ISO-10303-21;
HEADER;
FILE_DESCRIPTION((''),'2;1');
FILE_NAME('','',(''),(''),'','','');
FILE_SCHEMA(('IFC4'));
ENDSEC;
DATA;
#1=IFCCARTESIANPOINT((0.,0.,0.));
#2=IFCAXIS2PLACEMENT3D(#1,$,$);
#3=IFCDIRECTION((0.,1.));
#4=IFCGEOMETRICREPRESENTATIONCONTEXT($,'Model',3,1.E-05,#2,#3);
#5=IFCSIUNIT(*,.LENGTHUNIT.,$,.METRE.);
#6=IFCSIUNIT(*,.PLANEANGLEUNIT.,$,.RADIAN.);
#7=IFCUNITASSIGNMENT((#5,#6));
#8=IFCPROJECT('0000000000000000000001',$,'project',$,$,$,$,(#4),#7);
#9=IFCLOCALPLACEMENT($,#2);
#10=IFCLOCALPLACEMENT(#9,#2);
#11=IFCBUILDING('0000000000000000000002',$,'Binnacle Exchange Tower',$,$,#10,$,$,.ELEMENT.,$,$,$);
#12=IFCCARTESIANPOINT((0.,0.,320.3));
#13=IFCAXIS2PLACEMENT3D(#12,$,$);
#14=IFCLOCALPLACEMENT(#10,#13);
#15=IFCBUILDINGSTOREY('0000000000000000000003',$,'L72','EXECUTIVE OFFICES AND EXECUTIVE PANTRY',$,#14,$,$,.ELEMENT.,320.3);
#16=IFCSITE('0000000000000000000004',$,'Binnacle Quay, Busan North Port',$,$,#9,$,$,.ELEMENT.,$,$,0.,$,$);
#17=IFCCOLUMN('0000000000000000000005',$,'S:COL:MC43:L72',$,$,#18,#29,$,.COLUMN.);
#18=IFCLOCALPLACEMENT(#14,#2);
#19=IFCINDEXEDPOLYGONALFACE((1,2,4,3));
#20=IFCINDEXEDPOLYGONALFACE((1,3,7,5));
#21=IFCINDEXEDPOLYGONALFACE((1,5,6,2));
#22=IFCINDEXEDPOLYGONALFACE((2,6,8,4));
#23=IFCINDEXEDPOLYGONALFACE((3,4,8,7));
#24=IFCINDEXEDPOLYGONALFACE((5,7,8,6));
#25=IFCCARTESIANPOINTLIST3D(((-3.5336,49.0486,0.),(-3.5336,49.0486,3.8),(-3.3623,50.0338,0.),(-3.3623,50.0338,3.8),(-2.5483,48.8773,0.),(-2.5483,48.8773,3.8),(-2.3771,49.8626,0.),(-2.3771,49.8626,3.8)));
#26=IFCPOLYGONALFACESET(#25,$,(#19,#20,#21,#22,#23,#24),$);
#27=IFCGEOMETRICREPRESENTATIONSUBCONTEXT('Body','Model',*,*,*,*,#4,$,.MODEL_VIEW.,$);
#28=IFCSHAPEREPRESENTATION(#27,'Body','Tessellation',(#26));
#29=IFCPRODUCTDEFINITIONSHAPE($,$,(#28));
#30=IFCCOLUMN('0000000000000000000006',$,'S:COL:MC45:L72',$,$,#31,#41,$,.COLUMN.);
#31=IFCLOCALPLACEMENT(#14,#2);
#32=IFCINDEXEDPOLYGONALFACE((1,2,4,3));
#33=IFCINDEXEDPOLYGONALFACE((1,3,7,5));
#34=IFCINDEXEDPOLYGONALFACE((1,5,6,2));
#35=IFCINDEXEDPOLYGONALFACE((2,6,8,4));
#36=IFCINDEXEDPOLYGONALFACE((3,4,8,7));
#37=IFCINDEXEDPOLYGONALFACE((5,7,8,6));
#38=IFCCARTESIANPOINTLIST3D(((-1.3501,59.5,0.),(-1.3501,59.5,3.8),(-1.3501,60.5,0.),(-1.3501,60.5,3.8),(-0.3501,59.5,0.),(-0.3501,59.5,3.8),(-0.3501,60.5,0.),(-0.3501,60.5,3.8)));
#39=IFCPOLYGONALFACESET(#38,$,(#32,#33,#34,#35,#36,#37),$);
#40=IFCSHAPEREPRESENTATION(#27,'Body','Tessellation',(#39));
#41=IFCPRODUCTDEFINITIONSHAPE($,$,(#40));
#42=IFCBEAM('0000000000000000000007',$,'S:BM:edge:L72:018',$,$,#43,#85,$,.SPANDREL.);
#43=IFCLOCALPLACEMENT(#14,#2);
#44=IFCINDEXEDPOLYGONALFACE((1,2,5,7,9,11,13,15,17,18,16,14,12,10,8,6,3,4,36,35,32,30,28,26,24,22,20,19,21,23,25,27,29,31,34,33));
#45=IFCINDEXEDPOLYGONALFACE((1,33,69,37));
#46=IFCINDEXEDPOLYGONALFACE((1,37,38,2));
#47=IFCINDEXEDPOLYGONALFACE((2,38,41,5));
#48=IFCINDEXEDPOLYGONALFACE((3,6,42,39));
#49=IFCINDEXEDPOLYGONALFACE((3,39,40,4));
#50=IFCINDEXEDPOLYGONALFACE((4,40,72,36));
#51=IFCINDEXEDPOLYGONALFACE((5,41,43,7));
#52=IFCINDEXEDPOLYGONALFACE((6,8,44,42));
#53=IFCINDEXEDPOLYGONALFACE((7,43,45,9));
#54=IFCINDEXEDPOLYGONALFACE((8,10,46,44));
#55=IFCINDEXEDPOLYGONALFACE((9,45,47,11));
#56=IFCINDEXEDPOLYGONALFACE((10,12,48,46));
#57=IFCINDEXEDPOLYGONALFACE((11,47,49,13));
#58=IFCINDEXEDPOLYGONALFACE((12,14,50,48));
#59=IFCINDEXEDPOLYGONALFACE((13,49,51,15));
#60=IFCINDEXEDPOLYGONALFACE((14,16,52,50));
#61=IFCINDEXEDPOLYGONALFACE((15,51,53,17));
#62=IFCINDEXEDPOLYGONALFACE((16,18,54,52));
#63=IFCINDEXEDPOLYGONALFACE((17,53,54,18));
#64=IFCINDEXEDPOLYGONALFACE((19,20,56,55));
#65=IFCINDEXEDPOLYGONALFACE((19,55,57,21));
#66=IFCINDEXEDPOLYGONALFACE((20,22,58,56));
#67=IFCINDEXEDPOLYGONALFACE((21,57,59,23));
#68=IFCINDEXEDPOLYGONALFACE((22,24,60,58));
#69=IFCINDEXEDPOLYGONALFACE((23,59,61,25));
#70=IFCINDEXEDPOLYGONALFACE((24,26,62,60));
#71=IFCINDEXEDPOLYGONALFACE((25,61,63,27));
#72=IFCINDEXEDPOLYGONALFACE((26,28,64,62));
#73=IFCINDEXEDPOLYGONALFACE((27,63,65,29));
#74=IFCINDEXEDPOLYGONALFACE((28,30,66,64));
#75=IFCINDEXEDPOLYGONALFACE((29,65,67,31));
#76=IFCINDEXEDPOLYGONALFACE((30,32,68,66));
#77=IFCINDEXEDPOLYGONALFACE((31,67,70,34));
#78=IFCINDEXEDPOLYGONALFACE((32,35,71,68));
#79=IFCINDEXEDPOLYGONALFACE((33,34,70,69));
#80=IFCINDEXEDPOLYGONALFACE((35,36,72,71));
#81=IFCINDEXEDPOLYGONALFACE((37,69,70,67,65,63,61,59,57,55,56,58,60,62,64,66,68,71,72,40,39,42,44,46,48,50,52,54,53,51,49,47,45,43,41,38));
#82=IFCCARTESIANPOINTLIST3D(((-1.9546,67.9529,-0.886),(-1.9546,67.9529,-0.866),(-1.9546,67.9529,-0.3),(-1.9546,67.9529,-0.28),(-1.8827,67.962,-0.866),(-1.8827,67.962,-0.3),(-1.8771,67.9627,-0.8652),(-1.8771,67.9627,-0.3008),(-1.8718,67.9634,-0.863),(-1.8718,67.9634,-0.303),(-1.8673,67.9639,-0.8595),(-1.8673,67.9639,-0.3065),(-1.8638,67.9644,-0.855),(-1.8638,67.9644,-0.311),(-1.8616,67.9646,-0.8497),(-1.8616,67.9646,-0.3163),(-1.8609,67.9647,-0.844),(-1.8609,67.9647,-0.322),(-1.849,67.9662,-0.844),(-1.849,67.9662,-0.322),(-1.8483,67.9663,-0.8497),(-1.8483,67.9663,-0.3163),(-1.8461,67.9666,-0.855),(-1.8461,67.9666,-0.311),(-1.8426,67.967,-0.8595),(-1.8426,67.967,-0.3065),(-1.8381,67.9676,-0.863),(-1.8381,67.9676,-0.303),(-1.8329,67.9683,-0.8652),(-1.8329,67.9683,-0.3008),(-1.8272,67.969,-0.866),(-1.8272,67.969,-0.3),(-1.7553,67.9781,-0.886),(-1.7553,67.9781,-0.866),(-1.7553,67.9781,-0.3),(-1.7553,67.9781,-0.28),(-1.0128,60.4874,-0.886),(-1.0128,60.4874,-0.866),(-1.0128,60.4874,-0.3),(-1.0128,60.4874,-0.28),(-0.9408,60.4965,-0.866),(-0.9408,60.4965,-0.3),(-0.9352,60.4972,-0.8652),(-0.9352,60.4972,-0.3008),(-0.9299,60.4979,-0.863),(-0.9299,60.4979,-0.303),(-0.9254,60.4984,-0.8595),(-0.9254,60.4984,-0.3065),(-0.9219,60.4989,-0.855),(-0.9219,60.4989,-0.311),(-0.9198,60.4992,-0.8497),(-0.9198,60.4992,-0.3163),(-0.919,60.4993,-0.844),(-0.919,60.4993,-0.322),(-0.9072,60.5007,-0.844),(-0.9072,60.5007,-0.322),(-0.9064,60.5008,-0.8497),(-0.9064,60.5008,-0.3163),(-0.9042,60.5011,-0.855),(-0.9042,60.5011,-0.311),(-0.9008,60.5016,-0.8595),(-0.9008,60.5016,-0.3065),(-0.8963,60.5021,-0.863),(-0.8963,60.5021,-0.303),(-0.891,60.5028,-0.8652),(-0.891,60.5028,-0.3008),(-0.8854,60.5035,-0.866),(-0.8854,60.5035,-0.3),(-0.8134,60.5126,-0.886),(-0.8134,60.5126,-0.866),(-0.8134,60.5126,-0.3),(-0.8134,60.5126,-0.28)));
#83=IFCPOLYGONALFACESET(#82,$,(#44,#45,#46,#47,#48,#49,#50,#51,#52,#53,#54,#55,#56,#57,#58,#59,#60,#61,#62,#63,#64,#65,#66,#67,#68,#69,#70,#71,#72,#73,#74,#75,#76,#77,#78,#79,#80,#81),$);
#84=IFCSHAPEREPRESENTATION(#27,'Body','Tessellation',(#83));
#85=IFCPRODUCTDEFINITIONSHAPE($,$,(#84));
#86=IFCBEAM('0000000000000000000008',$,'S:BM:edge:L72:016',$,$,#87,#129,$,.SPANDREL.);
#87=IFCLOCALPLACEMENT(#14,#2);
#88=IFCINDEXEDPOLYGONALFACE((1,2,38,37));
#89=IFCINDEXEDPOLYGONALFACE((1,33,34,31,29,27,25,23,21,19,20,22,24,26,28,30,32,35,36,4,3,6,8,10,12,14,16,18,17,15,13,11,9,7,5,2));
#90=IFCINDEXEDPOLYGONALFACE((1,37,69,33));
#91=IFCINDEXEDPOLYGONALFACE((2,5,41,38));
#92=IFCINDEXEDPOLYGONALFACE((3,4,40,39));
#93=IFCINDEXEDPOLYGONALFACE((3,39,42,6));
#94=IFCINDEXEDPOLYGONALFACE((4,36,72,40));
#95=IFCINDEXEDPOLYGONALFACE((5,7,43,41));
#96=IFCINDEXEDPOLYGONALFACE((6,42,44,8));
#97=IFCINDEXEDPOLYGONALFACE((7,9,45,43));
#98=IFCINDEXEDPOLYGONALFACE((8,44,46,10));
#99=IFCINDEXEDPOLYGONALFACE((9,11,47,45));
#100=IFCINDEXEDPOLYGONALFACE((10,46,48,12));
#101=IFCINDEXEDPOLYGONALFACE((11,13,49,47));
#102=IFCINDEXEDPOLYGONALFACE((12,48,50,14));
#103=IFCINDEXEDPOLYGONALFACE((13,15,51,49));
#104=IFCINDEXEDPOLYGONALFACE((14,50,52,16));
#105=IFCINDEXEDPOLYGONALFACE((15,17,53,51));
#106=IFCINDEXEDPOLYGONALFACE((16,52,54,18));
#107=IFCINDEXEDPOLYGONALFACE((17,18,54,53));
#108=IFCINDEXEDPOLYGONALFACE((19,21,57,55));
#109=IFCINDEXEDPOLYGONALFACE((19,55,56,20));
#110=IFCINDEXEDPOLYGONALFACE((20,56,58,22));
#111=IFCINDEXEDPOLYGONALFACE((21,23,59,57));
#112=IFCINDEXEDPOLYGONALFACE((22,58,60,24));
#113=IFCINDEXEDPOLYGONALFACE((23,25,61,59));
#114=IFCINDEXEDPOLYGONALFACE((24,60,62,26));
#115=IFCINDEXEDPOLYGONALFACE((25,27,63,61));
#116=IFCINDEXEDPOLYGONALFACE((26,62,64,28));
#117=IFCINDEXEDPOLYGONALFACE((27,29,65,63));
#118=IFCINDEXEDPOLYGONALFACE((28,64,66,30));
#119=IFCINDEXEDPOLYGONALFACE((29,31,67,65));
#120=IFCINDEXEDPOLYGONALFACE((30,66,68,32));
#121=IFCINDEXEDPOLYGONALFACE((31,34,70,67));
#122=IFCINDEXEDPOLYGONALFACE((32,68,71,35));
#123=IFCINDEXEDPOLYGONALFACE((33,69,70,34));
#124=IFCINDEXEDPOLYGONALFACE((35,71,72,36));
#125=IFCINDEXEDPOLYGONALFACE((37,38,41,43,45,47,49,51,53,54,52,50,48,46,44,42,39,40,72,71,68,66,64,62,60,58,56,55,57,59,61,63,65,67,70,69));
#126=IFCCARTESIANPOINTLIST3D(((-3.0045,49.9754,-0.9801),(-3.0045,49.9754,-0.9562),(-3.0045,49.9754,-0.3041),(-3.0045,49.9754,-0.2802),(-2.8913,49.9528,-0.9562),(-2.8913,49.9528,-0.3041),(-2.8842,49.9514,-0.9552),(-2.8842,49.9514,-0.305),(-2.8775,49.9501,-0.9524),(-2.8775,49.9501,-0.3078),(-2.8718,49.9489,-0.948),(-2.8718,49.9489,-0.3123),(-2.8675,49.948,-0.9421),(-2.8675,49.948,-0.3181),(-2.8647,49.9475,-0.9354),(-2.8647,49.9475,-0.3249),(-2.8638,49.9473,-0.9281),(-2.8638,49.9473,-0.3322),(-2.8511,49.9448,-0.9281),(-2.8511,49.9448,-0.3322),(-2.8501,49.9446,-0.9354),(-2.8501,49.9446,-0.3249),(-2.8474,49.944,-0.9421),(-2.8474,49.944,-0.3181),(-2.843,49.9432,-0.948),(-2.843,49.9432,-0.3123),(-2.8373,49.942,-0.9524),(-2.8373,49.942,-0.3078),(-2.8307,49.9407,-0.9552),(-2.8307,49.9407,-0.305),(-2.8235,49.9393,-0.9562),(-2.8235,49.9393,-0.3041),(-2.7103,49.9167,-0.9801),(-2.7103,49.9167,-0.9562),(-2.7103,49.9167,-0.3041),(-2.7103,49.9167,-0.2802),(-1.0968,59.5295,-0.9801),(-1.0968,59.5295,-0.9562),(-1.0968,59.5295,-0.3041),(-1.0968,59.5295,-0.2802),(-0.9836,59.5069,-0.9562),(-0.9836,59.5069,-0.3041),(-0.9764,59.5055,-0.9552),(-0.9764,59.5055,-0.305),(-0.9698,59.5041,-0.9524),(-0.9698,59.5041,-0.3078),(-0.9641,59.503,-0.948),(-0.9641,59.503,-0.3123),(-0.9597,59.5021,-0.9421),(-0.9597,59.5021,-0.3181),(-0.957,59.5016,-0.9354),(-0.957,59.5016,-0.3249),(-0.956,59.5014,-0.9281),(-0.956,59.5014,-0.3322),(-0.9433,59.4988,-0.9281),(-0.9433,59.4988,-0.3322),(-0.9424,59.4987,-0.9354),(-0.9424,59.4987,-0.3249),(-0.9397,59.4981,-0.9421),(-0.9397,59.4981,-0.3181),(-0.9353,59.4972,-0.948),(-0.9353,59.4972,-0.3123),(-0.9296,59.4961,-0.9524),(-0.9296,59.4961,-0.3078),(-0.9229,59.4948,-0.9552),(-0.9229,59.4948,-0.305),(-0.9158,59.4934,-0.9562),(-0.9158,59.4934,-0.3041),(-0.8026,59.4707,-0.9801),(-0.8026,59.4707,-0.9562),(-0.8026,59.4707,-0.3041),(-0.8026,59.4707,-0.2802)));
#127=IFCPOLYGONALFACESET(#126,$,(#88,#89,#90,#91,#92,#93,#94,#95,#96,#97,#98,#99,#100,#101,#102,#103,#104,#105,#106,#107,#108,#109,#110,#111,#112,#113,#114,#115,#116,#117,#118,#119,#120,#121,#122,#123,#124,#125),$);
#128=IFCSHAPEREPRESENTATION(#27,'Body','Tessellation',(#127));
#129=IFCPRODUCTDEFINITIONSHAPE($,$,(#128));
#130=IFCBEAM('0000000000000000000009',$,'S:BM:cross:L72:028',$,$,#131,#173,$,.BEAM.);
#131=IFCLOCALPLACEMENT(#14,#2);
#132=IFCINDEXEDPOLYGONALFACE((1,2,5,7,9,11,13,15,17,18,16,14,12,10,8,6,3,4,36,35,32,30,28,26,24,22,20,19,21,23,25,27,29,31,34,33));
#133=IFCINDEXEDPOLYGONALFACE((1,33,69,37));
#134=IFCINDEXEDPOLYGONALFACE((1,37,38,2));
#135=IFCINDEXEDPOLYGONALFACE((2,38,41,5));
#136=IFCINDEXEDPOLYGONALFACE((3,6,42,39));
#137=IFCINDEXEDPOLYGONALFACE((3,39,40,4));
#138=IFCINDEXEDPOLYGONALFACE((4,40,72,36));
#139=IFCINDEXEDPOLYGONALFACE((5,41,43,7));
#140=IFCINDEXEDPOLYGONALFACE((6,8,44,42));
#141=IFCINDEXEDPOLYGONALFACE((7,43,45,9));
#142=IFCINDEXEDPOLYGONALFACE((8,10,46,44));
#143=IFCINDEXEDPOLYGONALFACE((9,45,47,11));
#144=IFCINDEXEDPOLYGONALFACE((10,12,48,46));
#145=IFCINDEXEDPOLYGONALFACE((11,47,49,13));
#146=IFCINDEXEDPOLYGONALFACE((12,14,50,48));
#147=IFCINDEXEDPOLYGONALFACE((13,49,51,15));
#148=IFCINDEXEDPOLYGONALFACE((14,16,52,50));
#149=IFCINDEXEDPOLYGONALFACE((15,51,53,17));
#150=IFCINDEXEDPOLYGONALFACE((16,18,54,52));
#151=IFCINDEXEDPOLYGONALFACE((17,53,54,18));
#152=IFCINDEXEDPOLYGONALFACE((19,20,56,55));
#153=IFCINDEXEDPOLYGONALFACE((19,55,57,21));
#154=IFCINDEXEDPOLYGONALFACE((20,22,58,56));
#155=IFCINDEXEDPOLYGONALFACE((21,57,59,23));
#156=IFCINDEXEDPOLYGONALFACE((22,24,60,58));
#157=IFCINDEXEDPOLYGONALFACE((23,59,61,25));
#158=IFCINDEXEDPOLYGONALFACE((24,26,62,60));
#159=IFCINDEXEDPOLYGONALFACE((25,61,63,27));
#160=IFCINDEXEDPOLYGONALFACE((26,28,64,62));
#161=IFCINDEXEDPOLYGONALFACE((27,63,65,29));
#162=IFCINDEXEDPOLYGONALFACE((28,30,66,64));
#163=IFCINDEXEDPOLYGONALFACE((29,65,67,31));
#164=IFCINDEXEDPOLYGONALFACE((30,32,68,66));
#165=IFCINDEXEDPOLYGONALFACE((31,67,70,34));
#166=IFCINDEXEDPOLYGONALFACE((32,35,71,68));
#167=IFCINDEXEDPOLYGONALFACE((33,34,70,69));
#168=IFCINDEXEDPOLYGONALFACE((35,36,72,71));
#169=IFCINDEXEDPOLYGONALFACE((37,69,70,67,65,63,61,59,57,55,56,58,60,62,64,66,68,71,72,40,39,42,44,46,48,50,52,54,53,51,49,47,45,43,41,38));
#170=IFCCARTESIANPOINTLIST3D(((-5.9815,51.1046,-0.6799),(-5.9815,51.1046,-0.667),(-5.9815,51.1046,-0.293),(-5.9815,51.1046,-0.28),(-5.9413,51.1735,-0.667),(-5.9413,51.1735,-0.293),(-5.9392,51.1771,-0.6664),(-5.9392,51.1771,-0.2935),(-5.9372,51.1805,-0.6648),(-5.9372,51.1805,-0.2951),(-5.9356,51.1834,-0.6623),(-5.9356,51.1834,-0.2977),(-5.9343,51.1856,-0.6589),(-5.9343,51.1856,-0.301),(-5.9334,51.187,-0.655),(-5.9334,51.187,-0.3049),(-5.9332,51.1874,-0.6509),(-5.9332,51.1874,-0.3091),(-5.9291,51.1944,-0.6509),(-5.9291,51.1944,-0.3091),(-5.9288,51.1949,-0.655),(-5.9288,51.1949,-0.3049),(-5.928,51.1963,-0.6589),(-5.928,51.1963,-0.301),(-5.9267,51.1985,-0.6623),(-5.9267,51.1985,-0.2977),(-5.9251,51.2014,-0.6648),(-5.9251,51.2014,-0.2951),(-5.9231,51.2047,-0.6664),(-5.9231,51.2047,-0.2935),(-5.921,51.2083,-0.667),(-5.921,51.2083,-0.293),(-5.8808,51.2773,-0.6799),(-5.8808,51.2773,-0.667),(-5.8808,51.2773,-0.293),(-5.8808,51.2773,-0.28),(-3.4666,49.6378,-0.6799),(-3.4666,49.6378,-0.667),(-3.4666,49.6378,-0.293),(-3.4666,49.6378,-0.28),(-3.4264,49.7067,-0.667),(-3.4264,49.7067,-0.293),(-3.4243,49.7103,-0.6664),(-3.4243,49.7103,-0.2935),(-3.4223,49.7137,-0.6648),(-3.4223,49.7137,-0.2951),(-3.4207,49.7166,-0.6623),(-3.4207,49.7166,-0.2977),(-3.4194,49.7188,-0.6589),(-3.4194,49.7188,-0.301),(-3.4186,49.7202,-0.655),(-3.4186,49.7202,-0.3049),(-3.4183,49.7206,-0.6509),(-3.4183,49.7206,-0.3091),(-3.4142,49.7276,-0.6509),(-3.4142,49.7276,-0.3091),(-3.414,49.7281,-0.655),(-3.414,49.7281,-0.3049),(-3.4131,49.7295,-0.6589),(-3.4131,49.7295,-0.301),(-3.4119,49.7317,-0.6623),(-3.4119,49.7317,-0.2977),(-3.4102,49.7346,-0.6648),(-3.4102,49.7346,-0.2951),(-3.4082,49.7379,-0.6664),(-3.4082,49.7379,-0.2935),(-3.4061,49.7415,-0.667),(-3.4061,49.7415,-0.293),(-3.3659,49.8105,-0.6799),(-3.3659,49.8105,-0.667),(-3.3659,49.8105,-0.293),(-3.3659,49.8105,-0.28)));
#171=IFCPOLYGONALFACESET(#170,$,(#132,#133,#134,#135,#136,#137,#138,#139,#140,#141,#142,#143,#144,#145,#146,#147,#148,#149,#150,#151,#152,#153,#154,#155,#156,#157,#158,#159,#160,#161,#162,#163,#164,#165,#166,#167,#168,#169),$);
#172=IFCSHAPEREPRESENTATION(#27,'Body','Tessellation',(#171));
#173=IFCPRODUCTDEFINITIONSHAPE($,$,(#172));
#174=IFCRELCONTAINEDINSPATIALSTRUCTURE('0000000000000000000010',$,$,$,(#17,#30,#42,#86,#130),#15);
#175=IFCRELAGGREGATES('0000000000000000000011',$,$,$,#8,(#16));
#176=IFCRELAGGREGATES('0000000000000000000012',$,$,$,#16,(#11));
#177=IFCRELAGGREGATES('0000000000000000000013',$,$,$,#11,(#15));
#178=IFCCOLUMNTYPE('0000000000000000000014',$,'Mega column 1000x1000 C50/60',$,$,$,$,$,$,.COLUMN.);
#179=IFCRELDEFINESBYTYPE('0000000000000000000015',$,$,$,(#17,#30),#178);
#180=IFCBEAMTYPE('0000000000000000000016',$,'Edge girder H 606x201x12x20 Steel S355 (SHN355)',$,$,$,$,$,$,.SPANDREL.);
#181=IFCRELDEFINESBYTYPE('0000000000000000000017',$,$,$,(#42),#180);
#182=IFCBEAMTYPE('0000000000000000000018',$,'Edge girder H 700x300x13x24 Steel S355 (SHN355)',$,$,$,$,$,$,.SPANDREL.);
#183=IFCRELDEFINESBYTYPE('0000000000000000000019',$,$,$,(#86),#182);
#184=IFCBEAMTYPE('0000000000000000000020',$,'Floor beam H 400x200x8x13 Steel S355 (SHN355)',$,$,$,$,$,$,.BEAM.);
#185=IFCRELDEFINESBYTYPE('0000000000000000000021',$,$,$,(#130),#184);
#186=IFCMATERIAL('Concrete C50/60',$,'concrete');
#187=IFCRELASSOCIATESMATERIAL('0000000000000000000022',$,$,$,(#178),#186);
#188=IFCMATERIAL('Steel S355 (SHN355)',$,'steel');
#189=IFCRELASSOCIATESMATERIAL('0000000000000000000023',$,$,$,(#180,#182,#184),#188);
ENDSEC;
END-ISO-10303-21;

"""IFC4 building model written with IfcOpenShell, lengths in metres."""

from ifc_helpers import new_model, si_unit, direction, frame, origin, origin_2d, place, context, subcontext, project, spatial, rectangle, i_section, extrude, material, material_profile, profile_set, type_object, element, save


model = new_model("IFC4")

# Units and contexts
model_context = context("Model", 3, precision=1e-05, world=origin(), true_north=direction((0.0, 1.0)))
body_context = subcontext(model_context, "Body", "Model", "MODEL_VIEW")
ifc_project = project(units=[si_unit("LENGTHUNIT", "METRE"), si_unit("PLANEANGLEUNIT", "RADIAN")], contexts=[model_context])

# Site, building, storey
site_placement = place(None, origin())
site = spatial("IfcSite", under=ifc_project, at=site_placement, Name="Binnacle Quay, Busan North Port", CompositionType="ELEMENT", RefElevation=0.0)
building_placement = place(site_placement, origin())
building = spatial("IfcBuilding", under=site, at=building_placement, Name="Binnacle Exchange Tower", CompositionType="ELEMENT")
storey_placement = place(building_placement, frame((0.0, 0.0, 320.3)))
storey = spatial("IfcBuildingStorey", under=building, at=storey_placement, Name="L72", Description="EXECUTIVE OFFICES AND EXECUTIVE PANTRY", CompositionType="ELEMENT", Elevation=320.3)

# Columns
ifc_material_1 = material(Name="Concrete C50/60", Category="concrete")
ifc_material_profile_1 = material_profile(ifc_material_1, rectangle(XDim=1.0, YDim=1.0, at=origin_2d()), Name="Mega column 1000x1000 C50/60")
ifc_profile_set_1 = profile_set([ifc_material_profile_1], Name="Concrete C50/60")
column_type = type_object("IfcColumnType", Name="Mega column 1000x1000 C50/60", PredefinedType="COLUMN", material=ifc_profile_set_1)
for number, where, z_axis, x_axis, name in (
    (1, (-2.9553, 49.4556, 0.0), (0.0, 0.0, 1.0), (-0.985226, 0.171259, 0.0), "S:COL:MC43:L72"),
    (2, (-0.8501, 60.0, 0.0), (0.0, 0.0, 1.0), (0.0, 1.0, 0.0), "S:COL:MC45:L72"),
):
    element("IfcColumn", number, at=place(storey_placement, frame(where, z_axis=z_axis, x_axis=x_axis)), inside=storey, type_object=column_type, Name=name, PredefinedType="COLUMN", context=body_context, shape_type="SweptSolid", body=[
        extrude(rectangle(XDim=1.0, YDim=1.0, at=origin_2d()), origin(), (0.0, 0.0, 1.0), 3.8),
    ])

# Beams
ifc_material_2 = material(Name="Steel S355 (SHN355)", Category="steel")
ifc_material_profile_2 = material_profile(ifc_material_2, i_section(OverallWidth=0.2009, OverallDepth=0.606, WebThickness=0.012, FlangeThickness=0.02, FilletRadius=0.022, at=origin_2d()), Name="H 606x201x12x20")
ifc_profile_set_2 = profile_set([ifc_material_profile_2], Name="Steel S355 (SHN355)")
beam_type_1 = type_object("IfcBeamType", Name="Edge girder H 606x201x12x20 Steel S355 (SHN355)", PredefinedType="SPANDREL", material=ifc_profile_set_2)
beam_1_placement = place(storey_placement, frame((-0.9131, 60.5, -0.583), z_axis=(-0.125173, 0.992135, 0.0), x_axis=(-0.992135, -0.125173, 0.0)))
element("IfcBeam", 3, at=beam_1_placement, inside=storey, type_object=beam_type_1, Name="S:BM:edge:L72:018", PredefinedType="SPANDREL", context=body_context, shape_type="SweptSolid", body=[
    extrude(i_section(OverallWidth=0.2009, OverallDepth=0.606, WebThickness=0.012, FlangeThickness=0.02, FilletRadius=0.022, at=origin_2d()), origin(), (0.0, 0.0, 1.0), 7.5247),
])
ifc_material_profile_3 = material_profile(ifc_material_2, i_section(OverallWidth=0.3, OverallDepth=0.7, WebThickness=0.0129, FlangeThickness=0.0239, FilletRadius=0.0281, at=origin_2d()), Name="H 700x300x13x24")
ifc_profile_set_3 = profile_set([ifc_material_profile_3], Name="Steel S355 (SHN355)")
beam_type_2 = type_object("IfcBeamType", Name="Edge girder H 700x300x13x24 Steel S355 (SHN355)", PredefinedType="SPANDREL", material=ifc_profile_set_3)
beam_2_placement = place(storey_placement, frame((-2.8574, 49.946, -0.6301), z_axis=(0.195813, 0.980641, 0.0), x_axis=(-0.980641, 0.195813, 0.0)))
element("IfcBeam", 4, at=beam_2_placement, inside=storey, type_object=beam_type_2, Name="S:BM:edge:L72:016", PredefinedType="SPANDREL", context=body_context, shape_type="SweptSolid", body=[
    extrude(i_section(OverallWidth=0.3, OverallDepth=0.7, WebThickness=0.0129, FlangeThickness=0.0239, FilletRadius=0.0281, at=origin_2d()), origin(), (0.0, 0.0, 1.0), 9.7427),
])
ifc_material_profile_4 = material_profile(ifc_material_2, i_section(OverallWidth=0.2, OverallDepth=0.3999, WebThickness=0.0081, FlangeThickness=0.0129, FilletRadius=0.0161, at=origin_2d()), Name="H 400x200x8x13")
ifc_profile_set_4 = profile_set([ifc_material_profile_4], Name="Steel S355 (SHN355)")
beam_type_3 = type_object("IfcBeamType", Name="Floor beam H 400x200x8x13 Steel S355 (SHN355)", PredefinedType="BEAM", material=ifc_profile_set_4)
beam_3_placement = place(storey_placement, frame((-3.4163, 49.7241, -0.48), z_axis=(-0.863812, 0.503814, 0.0), x_axis=(-0.503814, -0.863812, 0.0)))
element("IfcBeam", 5, at=beam_3_placement, inside=storey, type_object=beam_type_3, Name="S:BM:cross:L72:028", PredefinedType="BEAM", context=body_context, shape_type="SweptSolid", body=[
    extrude(i_section(OverallWidth=0.2, OverallDepth=0.3999, WebThickness=0.0081, FlangeThickness=0.0129, FilletRadius=0.0161, at=origin_2d()), origin(), (0.0, 0.0, 1.0), 2.9114),
])

save(model, "model.ifc")
